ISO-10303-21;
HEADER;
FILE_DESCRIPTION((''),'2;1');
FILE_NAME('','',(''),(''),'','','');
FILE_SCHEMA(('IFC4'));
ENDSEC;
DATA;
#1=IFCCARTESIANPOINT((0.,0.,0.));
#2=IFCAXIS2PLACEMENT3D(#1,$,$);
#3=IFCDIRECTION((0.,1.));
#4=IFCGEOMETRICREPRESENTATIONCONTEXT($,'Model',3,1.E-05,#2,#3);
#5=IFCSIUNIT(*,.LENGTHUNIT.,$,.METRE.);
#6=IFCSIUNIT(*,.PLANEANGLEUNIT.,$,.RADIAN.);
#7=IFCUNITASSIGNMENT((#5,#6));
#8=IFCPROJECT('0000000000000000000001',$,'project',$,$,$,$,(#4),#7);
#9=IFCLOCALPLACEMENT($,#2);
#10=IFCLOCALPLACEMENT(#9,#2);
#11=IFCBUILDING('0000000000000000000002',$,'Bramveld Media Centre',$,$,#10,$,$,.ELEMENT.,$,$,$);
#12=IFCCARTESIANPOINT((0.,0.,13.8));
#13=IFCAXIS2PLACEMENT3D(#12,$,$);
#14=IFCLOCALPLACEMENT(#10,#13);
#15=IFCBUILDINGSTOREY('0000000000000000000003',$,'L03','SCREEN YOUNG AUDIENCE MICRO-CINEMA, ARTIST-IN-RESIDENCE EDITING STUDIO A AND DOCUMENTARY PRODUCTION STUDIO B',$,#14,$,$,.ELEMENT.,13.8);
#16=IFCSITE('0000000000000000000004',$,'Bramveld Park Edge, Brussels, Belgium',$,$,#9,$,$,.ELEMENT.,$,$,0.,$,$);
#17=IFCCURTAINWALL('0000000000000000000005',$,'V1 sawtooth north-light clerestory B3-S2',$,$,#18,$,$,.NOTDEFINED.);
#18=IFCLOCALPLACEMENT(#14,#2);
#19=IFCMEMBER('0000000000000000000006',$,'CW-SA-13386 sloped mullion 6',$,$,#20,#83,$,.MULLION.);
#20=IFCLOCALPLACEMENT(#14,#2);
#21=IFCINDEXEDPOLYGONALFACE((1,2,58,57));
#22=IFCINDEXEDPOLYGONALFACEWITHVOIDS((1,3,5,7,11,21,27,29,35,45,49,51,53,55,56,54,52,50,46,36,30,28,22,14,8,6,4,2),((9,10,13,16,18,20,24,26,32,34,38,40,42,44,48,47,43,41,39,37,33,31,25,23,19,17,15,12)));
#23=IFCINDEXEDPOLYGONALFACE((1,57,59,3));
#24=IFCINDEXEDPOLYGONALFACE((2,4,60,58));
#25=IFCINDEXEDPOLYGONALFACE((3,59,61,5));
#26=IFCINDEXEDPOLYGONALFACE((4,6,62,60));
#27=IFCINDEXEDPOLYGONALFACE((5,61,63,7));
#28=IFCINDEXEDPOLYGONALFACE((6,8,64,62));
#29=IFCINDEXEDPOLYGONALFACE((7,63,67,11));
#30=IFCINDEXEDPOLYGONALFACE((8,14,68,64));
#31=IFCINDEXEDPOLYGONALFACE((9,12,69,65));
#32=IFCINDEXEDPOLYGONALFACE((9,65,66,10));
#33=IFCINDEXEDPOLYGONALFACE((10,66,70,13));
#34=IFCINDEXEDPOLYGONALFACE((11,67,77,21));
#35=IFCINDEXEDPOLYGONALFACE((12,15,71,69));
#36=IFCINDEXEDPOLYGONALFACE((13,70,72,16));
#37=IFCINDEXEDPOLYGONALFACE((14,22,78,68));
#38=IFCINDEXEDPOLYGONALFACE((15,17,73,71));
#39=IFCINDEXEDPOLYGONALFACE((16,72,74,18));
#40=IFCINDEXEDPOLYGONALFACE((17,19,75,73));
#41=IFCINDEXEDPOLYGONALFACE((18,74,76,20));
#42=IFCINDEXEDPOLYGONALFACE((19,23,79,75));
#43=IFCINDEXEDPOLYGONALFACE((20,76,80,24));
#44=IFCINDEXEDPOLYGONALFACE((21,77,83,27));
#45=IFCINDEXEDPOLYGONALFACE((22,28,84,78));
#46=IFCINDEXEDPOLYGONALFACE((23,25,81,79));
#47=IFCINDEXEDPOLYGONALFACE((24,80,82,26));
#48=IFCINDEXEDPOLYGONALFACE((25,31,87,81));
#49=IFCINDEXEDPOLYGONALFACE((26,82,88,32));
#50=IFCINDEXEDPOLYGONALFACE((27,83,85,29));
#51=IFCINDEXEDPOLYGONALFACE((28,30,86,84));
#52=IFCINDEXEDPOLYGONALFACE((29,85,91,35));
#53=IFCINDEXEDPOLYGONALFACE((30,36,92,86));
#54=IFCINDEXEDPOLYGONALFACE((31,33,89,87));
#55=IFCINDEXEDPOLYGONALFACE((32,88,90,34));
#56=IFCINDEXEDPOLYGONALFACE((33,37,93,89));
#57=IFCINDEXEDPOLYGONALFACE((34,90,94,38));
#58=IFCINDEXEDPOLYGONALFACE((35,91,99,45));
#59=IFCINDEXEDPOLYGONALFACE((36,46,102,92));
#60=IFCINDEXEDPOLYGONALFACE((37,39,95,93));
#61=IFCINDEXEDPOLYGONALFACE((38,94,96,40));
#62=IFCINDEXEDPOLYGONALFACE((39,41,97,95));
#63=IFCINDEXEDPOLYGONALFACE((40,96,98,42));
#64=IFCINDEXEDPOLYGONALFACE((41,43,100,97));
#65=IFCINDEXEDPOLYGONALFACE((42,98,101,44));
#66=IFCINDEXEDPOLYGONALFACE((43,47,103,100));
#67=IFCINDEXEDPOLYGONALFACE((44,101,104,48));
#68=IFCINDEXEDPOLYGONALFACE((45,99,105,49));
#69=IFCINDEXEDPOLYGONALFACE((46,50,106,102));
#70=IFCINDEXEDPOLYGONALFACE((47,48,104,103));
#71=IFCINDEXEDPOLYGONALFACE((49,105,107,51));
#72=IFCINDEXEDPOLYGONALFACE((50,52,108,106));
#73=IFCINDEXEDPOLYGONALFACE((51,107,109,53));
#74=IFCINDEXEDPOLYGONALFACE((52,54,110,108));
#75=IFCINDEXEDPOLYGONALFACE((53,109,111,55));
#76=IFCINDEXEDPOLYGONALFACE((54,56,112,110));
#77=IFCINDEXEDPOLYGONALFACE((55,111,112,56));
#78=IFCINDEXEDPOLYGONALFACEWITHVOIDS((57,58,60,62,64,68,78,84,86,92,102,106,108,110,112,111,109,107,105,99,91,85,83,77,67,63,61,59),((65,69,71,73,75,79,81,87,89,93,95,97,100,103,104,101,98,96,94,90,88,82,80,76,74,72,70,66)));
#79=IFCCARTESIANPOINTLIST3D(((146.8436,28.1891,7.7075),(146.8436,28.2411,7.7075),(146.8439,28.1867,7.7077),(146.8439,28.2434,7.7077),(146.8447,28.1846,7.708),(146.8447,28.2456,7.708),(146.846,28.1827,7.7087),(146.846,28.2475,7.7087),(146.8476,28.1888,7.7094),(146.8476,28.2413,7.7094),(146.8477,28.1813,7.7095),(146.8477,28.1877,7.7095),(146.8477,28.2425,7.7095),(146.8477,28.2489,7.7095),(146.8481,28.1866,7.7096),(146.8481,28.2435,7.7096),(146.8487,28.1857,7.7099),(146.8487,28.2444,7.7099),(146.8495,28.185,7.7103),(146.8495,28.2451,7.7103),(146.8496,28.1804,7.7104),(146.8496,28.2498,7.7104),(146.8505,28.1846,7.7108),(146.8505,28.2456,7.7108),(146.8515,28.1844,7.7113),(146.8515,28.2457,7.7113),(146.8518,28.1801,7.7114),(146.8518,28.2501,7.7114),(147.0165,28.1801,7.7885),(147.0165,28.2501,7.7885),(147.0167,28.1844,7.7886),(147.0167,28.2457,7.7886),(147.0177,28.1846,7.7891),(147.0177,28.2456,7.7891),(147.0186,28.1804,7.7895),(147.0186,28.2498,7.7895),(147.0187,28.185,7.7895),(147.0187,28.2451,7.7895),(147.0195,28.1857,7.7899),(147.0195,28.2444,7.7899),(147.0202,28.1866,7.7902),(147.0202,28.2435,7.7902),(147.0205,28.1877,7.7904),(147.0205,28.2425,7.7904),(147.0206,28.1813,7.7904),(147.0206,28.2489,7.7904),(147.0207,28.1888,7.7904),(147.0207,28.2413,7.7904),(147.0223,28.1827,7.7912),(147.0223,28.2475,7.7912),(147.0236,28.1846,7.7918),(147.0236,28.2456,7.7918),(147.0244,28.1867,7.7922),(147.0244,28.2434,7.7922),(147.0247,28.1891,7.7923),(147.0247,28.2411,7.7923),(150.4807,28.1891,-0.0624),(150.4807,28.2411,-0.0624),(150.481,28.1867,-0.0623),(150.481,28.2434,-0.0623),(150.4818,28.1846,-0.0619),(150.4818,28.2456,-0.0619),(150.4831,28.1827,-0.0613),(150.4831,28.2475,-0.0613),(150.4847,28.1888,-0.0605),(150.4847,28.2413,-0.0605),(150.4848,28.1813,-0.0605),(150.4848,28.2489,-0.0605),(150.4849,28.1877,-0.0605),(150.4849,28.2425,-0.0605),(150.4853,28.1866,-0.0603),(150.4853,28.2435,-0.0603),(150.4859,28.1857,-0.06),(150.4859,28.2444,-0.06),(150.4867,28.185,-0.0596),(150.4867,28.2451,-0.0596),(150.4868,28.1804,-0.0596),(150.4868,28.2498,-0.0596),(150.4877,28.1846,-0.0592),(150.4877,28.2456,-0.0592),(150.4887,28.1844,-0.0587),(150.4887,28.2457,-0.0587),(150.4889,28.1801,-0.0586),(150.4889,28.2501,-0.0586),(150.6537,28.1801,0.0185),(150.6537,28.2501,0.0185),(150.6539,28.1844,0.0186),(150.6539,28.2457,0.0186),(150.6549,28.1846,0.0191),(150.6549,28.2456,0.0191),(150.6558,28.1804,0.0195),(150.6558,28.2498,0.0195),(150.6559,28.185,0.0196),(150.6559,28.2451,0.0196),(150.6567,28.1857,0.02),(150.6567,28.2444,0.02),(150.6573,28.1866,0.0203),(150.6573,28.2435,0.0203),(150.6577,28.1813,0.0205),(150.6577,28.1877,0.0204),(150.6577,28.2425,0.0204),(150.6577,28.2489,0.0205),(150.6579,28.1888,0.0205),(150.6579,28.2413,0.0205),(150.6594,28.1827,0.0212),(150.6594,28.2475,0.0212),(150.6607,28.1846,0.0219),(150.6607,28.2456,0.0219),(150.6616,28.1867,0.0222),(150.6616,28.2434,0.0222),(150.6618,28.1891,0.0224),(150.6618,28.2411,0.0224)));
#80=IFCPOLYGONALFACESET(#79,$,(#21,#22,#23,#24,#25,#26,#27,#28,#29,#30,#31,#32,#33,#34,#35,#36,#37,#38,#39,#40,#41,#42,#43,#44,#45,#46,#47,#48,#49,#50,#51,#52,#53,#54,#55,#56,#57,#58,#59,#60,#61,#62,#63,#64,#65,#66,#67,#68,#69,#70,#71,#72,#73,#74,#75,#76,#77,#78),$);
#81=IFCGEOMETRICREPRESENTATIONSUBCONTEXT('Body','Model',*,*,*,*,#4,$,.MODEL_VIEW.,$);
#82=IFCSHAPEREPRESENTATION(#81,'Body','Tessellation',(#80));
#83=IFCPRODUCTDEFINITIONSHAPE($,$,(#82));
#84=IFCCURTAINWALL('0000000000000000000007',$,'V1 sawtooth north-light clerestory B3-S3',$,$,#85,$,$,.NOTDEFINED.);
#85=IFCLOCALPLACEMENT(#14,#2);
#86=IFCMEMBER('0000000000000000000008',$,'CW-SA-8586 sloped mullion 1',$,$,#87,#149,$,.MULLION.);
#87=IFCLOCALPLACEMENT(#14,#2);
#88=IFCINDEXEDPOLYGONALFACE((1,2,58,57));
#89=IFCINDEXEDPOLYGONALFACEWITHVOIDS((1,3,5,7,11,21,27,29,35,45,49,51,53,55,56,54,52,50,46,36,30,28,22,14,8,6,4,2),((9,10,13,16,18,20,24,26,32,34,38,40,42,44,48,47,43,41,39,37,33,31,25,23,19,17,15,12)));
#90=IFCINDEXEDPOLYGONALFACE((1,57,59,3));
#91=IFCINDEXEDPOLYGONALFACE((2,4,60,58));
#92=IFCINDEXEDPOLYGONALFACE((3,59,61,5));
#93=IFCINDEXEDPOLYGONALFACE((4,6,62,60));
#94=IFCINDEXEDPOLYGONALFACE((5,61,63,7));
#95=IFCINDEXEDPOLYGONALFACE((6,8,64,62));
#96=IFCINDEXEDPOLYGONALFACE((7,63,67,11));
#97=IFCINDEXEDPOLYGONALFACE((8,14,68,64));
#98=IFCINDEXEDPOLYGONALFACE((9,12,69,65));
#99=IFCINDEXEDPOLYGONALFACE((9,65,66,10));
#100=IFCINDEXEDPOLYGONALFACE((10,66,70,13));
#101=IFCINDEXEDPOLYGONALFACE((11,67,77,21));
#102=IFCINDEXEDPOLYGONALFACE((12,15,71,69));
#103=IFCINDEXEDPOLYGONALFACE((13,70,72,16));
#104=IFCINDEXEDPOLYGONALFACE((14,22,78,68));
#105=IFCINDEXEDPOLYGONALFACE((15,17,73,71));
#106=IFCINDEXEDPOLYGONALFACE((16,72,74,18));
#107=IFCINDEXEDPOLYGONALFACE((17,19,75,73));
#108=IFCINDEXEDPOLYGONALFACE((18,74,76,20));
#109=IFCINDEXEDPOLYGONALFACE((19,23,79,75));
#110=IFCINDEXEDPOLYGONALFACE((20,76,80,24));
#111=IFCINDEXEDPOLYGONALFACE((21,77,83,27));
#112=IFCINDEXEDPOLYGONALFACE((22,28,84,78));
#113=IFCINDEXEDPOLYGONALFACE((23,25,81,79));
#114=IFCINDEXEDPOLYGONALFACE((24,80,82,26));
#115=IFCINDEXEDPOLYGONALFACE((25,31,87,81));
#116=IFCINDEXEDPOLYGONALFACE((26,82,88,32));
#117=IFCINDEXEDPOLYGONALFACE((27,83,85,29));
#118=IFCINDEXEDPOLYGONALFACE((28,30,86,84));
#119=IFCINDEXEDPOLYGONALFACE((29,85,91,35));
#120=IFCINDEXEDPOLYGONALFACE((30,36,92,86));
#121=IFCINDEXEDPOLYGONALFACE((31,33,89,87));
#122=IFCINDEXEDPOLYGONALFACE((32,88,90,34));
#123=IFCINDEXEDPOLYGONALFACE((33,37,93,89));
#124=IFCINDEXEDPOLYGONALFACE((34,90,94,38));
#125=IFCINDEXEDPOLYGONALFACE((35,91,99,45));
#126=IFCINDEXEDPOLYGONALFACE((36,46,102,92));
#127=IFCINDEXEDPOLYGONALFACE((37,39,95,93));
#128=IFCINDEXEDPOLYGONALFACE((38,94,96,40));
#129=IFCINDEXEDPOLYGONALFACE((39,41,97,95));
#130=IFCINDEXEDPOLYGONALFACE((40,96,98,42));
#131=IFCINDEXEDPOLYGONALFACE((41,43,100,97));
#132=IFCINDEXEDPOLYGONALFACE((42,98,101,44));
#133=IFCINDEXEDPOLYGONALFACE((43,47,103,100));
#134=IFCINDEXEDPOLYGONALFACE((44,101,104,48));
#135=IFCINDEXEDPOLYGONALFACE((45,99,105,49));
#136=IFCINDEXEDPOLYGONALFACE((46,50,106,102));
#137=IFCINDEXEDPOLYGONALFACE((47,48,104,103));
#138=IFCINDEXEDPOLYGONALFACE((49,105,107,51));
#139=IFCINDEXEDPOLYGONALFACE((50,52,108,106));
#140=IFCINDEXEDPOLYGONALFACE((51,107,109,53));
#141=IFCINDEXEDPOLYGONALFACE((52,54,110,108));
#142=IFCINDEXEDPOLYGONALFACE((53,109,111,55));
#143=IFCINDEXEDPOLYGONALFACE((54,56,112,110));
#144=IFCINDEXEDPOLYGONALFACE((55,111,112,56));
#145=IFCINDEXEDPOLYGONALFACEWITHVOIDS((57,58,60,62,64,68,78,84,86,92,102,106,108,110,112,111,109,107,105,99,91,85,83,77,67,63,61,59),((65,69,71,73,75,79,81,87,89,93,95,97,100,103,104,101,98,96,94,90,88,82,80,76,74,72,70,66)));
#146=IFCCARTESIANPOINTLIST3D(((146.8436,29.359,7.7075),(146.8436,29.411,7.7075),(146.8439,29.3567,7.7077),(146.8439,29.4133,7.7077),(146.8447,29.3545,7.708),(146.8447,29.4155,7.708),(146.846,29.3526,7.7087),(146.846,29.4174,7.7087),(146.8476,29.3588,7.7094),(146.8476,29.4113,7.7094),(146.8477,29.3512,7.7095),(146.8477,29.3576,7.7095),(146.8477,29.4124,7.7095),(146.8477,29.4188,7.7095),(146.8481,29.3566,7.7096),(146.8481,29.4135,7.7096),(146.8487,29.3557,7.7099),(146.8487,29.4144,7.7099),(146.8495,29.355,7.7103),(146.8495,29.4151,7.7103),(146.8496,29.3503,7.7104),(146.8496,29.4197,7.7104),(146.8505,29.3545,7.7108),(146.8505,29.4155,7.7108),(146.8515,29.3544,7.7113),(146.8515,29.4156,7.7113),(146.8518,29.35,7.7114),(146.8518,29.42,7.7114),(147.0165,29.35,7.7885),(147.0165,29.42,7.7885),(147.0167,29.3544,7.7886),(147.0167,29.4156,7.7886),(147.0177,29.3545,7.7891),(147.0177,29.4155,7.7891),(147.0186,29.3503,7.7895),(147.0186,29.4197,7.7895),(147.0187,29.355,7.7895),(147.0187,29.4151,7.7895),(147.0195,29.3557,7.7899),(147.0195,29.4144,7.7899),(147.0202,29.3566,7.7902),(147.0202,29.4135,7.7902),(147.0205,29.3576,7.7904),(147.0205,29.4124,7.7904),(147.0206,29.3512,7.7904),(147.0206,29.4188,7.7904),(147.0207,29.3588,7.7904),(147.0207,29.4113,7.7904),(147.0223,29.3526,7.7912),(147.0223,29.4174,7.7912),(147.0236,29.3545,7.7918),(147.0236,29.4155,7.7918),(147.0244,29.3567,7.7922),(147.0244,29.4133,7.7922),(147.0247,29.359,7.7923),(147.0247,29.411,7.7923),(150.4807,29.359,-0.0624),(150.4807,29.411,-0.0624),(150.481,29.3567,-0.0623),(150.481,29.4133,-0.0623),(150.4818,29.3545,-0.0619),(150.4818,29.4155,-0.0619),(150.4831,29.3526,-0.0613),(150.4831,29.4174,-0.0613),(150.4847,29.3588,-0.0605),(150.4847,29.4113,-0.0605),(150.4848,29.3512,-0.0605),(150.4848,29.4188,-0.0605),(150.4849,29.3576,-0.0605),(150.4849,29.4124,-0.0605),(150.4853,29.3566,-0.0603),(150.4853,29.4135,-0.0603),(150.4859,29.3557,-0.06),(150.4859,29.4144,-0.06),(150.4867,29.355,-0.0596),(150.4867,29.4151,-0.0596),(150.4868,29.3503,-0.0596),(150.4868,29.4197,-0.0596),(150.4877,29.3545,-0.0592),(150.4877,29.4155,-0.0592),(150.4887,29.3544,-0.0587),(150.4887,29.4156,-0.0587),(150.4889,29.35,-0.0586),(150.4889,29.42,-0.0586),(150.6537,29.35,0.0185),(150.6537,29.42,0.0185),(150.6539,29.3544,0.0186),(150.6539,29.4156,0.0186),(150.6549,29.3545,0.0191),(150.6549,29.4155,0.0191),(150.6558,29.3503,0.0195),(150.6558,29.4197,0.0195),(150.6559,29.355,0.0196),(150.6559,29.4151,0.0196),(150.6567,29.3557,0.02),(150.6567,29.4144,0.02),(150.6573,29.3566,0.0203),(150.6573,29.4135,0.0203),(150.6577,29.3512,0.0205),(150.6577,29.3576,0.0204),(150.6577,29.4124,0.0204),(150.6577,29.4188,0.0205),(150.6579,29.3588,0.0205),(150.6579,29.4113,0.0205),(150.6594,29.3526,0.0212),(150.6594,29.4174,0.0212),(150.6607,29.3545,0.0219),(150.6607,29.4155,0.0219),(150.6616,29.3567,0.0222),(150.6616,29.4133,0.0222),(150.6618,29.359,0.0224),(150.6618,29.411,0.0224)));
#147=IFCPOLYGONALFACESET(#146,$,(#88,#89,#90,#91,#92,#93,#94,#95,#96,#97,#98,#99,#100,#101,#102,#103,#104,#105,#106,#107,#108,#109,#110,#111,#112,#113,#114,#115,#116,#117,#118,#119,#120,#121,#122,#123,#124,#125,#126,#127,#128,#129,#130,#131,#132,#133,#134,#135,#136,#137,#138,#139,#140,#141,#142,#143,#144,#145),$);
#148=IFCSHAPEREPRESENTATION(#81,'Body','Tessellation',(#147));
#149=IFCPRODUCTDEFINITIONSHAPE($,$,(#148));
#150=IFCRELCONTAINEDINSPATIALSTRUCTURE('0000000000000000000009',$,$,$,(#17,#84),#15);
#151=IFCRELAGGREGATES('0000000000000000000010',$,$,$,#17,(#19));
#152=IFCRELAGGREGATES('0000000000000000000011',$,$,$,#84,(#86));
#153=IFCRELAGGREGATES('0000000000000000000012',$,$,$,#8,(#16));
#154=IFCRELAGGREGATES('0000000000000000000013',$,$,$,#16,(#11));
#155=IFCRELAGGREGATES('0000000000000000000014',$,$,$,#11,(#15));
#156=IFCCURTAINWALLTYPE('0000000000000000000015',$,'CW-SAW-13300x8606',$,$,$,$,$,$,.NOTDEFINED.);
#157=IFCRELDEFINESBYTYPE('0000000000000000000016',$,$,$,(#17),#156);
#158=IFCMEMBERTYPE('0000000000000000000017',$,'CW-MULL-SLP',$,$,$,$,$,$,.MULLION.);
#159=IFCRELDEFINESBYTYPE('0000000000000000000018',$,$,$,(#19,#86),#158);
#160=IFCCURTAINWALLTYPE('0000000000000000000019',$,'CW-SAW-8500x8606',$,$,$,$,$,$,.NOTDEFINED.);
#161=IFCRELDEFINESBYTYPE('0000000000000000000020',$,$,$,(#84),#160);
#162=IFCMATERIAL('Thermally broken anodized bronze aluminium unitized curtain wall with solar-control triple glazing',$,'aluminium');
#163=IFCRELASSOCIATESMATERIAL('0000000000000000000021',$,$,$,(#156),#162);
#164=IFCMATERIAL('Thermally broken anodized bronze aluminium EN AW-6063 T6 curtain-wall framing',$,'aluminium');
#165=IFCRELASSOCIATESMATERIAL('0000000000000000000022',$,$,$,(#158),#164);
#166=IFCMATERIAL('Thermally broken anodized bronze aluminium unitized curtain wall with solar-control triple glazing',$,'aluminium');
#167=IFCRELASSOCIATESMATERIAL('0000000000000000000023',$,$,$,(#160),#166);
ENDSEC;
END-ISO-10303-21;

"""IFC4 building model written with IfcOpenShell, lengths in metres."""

from ifc_helpers import new_model, si_unit, direction, frame, origin, origin_2d, place, context, subcontext, project, spatial, hollow_rectangle, extrude, material, material_profile, profile_set, type_object, element, aggregate, save


model = new_model("IFC4")

# Units and contexts
model_context = context("Model", 3, precision=1e-05, world=origin(), true_north=direction((0.0, 1.0)))
body_context = subcontext(model_context, "Body", "Model", "MODEL_VIEW")
ifc_project = project(units=[si_unit("LENGTHUNIT", "METRE"), si_unit("PLANEANGLEUNIT", "RADIAN")], contexts=[model_context])

# Site, building, storey
site_placement = place(None, origin())
site = spatial("IfcSite", under=ifc_project, at=site_placement, Name="Bramveld Park Edge, Brussels, Belgium", CompositionType="ELEMENT", RefElevation=0.0)
building_placement = place(site_placement, origin())
building = spatial("IfcBuilding", under=site, at=building_placement, Name="Bramveld Media Centre", CompositionType="ELEMENT")
storey_placement = place(building_placement, frame((0.0, 0.0, 13.8)))
storey = spatial("IfcBuildingStorey", under=building, at=storey_placement, Name="L03", Description="SCREEN YOUNG AUDIENCE MICRO-CINEMA, ARTIST-IN-RESIDENCE EDITING STUDIO A AND DOCUMENTARY PRODUCTION STUDIO B", CompositionType="ELEMENT", Elevation=13.8)

# Curtain wall, member
ifc_material_1 = material(Name="Thermally broken anodized bronze aluminium unitized curtain wall with solar-control triple glazing", Category="aluminium")
curtain_wall_type_1 = type_object("IfcCurtainWallType", Name="CW-SAW-13300x8606", PredefinedType="NOTDEFINED", material=ifc_material_1)
curtain_wall_1_placement = place(storey_placement, origin())
curtain_wall_1 = element("IfcCurtainWall", 1, at=curtain_wall_1_placement, inside=storey, type_object=curtain_wall_type_1, Name="V1 sawtooth north-light clerestory B3-S2", PredefinedType="NOTDEFINED")
ifc_material_2 = material(Name="Thermally broken anodized bronze aluminium EN AW-6063 T6 curtain-wall framing", Category="aluminium")
ifc_material_profile_1 = material_profile(ifc_material_2, hollow_rectangle(XDim=0.0701, YDim=0.2, WallThickness=0.0044, InnerFilletRadius=0.0044, OuterFilletRadius=0.009, at=origin_2d()), Name="AL-MULL 70x200")
ifc_profile_set_1 = profile_set([ifc_material_profile_1], Name="Thermally broken anodized bronze aluminium EN AW-6063 T6 curtain-wall framing")
member_type_1 = type_object("IfcMemberType", Name="CW-MULL-SLP", PredefinedType="MULLION", material=ifc_profile_set_1)
member_1_placement = place(storey_placement, frame((150.5713, 28.2151, -0.02), z_axis=(-0.423957, 0.0, 0.905682), x_axis=(0.0, -1.0, 0.0)))
member_1 = element("IfcMember", 2, at=member_1_placement, type_object=member_type_1, Name="CW-SA-13386 sloped mullion 6", PredefinedType="MULLION", context=body_context, shape_type="SweptSolid", body=[
    extrude(hollow_rectangle(XDim=0.0701, YDim=0.2, WallThickness=0.0044, InnerFilletRadius=0.0044, OuterFilletRadius=0.009, at=origin_2d()), origin(), (0.0, 0.0, 1.0), 8.5791),
])

# Curtain wall, member
ifc_material_3 = material(Name="Thermally broken anodized bronze aluminium unitized curtain wall with solar-control triple glazing", Category="aluminium")
curtain_wall_type_2 = type_object("IfcCurtainWallType", Name="CW-SAW-8500x8606", PredefinedType="NOTDEFINED", material=ifc_material_3)
curtain_wall_2_placement = place(storey_placement, origin())
curtain_wall_2 = element("IfcCurtainWall", 3, at=curtain_wall_2_placement, inside=storey, type_object=curtain_wall_type_2, Name="V1 sawtooth north-light clerestory B3-S3", PredefinedType="NOTDEFINED")
member_2_placement = place(storey_placement, frame((150.5713, 29.385, -0.02), z_axis=(-0.423957, 0.0, 0.905682), x_axis=(0.0, -1.0, 0.0)))
member_2 = element("IfcMember", 4, at=member_2_placement, type_object=member_type_1, Name="CW-SA-8586 sloped mullion 1", PredefinedType="MULLION", context=body_context, shape_type="SweptSolid", body=[
    extrude(hollow_rectangle(XDim=0.0701, YDim=0.2, WallThickness=0.0044, InnerFilletRadius=0.0044, OuterFilletRadius=0.009, at=origin_2d()), origin(), (0.0, 0.0, 1.0), 8.5791),
])

aggregate(curtain_wall_1, [member_1])
aggregate(curtain_wall_2, [member_2])

save(model, "model.ifc")
